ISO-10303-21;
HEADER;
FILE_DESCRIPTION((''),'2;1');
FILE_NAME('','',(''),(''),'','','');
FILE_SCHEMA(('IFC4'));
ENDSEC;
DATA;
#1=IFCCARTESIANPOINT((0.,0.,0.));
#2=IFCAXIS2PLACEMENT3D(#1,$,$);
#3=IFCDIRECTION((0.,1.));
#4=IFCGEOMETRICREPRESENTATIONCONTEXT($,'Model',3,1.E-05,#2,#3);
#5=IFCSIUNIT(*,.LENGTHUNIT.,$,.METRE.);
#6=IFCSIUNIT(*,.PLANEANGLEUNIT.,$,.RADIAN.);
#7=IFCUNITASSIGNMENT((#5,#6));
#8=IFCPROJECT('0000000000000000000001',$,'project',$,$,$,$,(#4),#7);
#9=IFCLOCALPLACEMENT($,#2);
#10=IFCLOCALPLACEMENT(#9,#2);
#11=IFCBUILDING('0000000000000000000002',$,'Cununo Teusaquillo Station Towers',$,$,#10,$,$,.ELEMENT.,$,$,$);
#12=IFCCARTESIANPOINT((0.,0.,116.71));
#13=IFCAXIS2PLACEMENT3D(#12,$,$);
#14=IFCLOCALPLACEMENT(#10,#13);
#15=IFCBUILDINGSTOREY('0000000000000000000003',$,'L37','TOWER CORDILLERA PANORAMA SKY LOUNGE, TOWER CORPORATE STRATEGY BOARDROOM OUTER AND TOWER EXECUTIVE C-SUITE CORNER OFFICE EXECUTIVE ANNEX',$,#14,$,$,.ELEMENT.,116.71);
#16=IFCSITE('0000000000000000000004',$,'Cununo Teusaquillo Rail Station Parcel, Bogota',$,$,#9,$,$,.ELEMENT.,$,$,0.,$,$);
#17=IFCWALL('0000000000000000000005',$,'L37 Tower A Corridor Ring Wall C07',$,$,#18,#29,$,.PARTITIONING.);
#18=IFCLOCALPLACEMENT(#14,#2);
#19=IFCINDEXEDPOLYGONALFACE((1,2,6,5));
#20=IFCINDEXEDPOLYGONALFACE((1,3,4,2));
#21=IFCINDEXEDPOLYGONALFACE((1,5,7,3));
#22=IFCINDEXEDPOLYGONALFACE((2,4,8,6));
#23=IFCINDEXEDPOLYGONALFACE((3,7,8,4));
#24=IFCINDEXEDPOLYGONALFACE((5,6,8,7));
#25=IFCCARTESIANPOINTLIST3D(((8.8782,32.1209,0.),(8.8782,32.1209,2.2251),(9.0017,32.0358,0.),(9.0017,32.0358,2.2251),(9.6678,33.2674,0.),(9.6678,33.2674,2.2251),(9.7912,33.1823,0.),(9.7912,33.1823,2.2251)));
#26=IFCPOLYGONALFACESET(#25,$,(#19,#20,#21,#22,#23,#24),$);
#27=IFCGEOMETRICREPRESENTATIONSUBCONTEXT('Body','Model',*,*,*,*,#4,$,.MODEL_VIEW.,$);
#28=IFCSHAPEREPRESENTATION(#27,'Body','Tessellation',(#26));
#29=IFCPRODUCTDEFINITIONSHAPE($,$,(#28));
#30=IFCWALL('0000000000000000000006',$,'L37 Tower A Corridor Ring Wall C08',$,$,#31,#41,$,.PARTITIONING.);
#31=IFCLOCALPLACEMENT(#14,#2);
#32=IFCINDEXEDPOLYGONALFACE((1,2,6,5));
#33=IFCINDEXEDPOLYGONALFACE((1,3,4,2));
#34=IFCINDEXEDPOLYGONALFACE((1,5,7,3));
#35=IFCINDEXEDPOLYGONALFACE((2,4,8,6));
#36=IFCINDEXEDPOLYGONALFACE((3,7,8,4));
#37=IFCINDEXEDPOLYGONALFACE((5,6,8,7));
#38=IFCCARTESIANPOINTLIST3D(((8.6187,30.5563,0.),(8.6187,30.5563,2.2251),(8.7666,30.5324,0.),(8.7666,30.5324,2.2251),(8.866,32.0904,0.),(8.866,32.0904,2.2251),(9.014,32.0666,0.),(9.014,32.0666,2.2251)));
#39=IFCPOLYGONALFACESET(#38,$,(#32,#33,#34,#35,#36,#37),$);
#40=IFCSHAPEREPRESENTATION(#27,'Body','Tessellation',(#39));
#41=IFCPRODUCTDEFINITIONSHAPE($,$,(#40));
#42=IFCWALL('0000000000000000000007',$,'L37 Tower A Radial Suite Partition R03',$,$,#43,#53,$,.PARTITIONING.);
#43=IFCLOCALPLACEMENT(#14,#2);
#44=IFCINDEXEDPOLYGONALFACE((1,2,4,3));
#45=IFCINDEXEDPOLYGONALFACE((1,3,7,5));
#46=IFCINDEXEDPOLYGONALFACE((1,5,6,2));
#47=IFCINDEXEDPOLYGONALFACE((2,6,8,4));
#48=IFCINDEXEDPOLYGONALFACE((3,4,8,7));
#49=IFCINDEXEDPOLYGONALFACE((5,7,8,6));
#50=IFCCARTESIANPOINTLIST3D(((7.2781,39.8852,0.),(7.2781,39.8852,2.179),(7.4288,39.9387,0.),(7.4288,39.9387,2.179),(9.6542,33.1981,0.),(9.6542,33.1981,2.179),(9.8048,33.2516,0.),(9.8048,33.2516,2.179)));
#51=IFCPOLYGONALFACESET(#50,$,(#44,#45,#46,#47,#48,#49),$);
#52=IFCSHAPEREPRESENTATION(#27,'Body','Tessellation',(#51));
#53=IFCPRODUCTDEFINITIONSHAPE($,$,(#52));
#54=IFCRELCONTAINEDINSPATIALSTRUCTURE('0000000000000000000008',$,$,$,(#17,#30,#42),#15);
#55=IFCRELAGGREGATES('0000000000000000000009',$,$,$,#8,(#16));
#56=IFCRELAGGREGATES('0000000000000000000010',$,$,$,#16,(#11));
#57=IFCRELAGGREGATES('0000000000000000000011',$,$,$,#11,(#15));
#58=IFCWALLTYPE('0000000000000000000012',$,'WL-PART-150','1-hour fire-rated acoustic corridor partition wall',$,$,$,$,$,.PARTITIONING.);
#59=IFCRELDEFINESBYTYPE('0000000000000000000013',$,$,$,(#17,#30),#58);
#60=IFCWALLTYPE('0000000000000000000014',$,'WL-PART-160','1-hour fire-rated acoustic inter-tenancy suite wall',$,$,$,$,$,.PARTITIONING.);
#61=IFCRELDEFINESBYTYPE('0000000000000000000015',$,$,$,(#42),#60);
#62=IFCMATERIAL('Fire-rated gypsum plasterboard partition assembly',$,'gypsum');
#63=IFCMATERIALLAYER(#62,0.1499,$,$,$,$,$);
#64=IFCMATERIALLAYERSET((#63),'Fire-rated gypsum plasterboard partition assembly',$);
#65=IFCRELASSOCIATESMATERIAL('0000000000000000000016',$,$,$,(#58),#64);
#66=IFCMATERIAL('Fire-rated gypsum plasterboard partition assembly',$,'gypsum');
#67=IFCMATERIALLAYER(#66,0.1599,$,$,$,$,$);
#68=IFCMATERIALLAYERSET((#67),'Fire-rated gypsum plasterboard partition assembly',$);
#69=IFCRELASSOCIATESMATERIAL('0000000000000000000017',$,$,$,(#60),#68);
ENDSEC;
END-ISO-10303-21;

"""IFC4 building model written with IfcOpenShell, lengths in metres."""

from ifc_helpers import new_model, si_unit, direction, frame, frame_2d, origin, place, context, subcontext, project, spatial, rectangle, extrude, material, layer, layer_set, type_object, element, save


model = new_model("IFC4")

# Units and contexts
model_context = context("Model", 3, precision=1e-05, world=origin(), true_north=direction((0.0, 1.0)))
body_context = subcontext(model_context, "Body", "Model", "MODEL_VIEW")
ifc_project = project(units=[si_unit("LENGTHUNIT", "METRE"), si_unit("PLANEANGLEUNIT", "RADIAN")], contexts=[model_context])

# Site, building, storey
site_placement = place(None, origin())
site = spatial("IfcSite", under=ifc_project, at=site_placement, Name="Cununo Teusaquillo Rail Station Parcel, Bogota", CompositionType="ELEMENT", RefElevation=0.0)
building_placement = place(site_placement, origin())
building = spatial("IfcBuilding", under=site, at=building_placement, Name="Cununo Teusaquillo Station Towers", CompositionType="ELEMENT")
storey_placement = place(building_placement, frame((0.0, 0.0, 116.71)))
storey = spatial("IfcBuildingStorey", under=building, at=storey_placement, Name="L37", Description="TOWER CORDILLERA PANORAMA SKY LOUNGE, TOWER CORPORATE STRATEGY BOARDROOM OUTER AND TOWER EXECUTIVE C-SUITE CORNER OFFICE EXECUTIVE ANNEX", CompositionType="ELEMENT", Elevation=116.71)

# Walls
ifc_material_1 = material(Name="Fire-rated gypsum plasterboard partition assembly", Category="gypsum")
ifc_layer_1 = layer(ifc_material_1, 0.1499)
ifc_layer_set_1 = layer_set([ifc_layer_1], Name="Fire-rated gypsum plasterboard partition assembly")
wall_type_1 = type_object("IfcWallType", Name="WL-PART-150", Description="1-hour fire-rated acoustic corridor partition wall", PredefinedType="PARTITIONING", material=ifc_layer_set_1)
wall_1_placement = place(storey_placement, frame((9.7295, 33.2249, 0.0), z_axis=(0.0, 0.0, 1.0), x_axis=(-0.567184, -0.823591, 0.0)))
element("IfcWall", 1, at=wall_1_placement, inside=storey, type_object=wall_type_1, Name="L37 Tower A Corridor Ring Wall C07", PredefinedType="PARTITIONING", context=body_context, shape_type="SweptSolid", body=[
    extrude(rectangle(XDim=1.3921, YDim=0.1499, at=frame_2d((0.696, 0.0))), origin(), (0.0, 0.0, 1.0), 2.2251),
])
wall_2_placement = place(storey_placement, frame((8.9399, 32.0784, 0.0), z_axis=(0.0, 0.0, 1.0), x_axis=(-0.159148, -0.987255, 0.0)))
element("IfcWall", 2, at=wall_2_placement, inside=storey, type_object=wall_type_1, Name="L37 Tower A Corridor Ring Wall C08", PredefinedType="PARTITIONING", context=body_context, shape_type="SweptSolid", body=[
    extrude(rectangle(XDim=1.554, YDim=0.1499, at=frame_2d((0.7769, 0.0))), origin(), (0.0, 0.0, 1.0), 2.2251),
])
ifc_material_2 = material(Name="Fire-rated gypsum plasterboard partition assembly", Category="gypsum")
ifc_layer_2 = layer(ifc_material_2, 0.1599)
ifc_layer_set_2 = layer_set([ifc_layer_2], Name="Fire-rated gypsum plasterboard partition assembly")
wall_type_2 = type_object("IfcWallType", Name="WL-PART-160", Description="1-hour fire-rated acoustic inter-tenancy suite wall", PredefinedType="PARTITIONING", material=ifc_layer_set_2)
wall_3_placement = place(storey_placement, frame((9.7295, 33.2249, 0.0), z_axis=(0.0, 0.0, 1.0), x_axis=(-0.334806, 0.942287, 0.0)))
element("IfcWall", 3, at=wall_3_placement, inside=storey, type_object=wall_type_2, Name="L37 Tower A Radial Suite Partition R03", PredefinedType="PARTITIONING", context=body_context, shape_type="SweptSolid", body=[
    extrude(rectangle(XDim=7.0967, YDim=0.1599, at=frame_2d((3.5483, 0.0))), origin(), (0.0, 0.0, 1.0), 2.179),
])

save(model, "model.ifc")
